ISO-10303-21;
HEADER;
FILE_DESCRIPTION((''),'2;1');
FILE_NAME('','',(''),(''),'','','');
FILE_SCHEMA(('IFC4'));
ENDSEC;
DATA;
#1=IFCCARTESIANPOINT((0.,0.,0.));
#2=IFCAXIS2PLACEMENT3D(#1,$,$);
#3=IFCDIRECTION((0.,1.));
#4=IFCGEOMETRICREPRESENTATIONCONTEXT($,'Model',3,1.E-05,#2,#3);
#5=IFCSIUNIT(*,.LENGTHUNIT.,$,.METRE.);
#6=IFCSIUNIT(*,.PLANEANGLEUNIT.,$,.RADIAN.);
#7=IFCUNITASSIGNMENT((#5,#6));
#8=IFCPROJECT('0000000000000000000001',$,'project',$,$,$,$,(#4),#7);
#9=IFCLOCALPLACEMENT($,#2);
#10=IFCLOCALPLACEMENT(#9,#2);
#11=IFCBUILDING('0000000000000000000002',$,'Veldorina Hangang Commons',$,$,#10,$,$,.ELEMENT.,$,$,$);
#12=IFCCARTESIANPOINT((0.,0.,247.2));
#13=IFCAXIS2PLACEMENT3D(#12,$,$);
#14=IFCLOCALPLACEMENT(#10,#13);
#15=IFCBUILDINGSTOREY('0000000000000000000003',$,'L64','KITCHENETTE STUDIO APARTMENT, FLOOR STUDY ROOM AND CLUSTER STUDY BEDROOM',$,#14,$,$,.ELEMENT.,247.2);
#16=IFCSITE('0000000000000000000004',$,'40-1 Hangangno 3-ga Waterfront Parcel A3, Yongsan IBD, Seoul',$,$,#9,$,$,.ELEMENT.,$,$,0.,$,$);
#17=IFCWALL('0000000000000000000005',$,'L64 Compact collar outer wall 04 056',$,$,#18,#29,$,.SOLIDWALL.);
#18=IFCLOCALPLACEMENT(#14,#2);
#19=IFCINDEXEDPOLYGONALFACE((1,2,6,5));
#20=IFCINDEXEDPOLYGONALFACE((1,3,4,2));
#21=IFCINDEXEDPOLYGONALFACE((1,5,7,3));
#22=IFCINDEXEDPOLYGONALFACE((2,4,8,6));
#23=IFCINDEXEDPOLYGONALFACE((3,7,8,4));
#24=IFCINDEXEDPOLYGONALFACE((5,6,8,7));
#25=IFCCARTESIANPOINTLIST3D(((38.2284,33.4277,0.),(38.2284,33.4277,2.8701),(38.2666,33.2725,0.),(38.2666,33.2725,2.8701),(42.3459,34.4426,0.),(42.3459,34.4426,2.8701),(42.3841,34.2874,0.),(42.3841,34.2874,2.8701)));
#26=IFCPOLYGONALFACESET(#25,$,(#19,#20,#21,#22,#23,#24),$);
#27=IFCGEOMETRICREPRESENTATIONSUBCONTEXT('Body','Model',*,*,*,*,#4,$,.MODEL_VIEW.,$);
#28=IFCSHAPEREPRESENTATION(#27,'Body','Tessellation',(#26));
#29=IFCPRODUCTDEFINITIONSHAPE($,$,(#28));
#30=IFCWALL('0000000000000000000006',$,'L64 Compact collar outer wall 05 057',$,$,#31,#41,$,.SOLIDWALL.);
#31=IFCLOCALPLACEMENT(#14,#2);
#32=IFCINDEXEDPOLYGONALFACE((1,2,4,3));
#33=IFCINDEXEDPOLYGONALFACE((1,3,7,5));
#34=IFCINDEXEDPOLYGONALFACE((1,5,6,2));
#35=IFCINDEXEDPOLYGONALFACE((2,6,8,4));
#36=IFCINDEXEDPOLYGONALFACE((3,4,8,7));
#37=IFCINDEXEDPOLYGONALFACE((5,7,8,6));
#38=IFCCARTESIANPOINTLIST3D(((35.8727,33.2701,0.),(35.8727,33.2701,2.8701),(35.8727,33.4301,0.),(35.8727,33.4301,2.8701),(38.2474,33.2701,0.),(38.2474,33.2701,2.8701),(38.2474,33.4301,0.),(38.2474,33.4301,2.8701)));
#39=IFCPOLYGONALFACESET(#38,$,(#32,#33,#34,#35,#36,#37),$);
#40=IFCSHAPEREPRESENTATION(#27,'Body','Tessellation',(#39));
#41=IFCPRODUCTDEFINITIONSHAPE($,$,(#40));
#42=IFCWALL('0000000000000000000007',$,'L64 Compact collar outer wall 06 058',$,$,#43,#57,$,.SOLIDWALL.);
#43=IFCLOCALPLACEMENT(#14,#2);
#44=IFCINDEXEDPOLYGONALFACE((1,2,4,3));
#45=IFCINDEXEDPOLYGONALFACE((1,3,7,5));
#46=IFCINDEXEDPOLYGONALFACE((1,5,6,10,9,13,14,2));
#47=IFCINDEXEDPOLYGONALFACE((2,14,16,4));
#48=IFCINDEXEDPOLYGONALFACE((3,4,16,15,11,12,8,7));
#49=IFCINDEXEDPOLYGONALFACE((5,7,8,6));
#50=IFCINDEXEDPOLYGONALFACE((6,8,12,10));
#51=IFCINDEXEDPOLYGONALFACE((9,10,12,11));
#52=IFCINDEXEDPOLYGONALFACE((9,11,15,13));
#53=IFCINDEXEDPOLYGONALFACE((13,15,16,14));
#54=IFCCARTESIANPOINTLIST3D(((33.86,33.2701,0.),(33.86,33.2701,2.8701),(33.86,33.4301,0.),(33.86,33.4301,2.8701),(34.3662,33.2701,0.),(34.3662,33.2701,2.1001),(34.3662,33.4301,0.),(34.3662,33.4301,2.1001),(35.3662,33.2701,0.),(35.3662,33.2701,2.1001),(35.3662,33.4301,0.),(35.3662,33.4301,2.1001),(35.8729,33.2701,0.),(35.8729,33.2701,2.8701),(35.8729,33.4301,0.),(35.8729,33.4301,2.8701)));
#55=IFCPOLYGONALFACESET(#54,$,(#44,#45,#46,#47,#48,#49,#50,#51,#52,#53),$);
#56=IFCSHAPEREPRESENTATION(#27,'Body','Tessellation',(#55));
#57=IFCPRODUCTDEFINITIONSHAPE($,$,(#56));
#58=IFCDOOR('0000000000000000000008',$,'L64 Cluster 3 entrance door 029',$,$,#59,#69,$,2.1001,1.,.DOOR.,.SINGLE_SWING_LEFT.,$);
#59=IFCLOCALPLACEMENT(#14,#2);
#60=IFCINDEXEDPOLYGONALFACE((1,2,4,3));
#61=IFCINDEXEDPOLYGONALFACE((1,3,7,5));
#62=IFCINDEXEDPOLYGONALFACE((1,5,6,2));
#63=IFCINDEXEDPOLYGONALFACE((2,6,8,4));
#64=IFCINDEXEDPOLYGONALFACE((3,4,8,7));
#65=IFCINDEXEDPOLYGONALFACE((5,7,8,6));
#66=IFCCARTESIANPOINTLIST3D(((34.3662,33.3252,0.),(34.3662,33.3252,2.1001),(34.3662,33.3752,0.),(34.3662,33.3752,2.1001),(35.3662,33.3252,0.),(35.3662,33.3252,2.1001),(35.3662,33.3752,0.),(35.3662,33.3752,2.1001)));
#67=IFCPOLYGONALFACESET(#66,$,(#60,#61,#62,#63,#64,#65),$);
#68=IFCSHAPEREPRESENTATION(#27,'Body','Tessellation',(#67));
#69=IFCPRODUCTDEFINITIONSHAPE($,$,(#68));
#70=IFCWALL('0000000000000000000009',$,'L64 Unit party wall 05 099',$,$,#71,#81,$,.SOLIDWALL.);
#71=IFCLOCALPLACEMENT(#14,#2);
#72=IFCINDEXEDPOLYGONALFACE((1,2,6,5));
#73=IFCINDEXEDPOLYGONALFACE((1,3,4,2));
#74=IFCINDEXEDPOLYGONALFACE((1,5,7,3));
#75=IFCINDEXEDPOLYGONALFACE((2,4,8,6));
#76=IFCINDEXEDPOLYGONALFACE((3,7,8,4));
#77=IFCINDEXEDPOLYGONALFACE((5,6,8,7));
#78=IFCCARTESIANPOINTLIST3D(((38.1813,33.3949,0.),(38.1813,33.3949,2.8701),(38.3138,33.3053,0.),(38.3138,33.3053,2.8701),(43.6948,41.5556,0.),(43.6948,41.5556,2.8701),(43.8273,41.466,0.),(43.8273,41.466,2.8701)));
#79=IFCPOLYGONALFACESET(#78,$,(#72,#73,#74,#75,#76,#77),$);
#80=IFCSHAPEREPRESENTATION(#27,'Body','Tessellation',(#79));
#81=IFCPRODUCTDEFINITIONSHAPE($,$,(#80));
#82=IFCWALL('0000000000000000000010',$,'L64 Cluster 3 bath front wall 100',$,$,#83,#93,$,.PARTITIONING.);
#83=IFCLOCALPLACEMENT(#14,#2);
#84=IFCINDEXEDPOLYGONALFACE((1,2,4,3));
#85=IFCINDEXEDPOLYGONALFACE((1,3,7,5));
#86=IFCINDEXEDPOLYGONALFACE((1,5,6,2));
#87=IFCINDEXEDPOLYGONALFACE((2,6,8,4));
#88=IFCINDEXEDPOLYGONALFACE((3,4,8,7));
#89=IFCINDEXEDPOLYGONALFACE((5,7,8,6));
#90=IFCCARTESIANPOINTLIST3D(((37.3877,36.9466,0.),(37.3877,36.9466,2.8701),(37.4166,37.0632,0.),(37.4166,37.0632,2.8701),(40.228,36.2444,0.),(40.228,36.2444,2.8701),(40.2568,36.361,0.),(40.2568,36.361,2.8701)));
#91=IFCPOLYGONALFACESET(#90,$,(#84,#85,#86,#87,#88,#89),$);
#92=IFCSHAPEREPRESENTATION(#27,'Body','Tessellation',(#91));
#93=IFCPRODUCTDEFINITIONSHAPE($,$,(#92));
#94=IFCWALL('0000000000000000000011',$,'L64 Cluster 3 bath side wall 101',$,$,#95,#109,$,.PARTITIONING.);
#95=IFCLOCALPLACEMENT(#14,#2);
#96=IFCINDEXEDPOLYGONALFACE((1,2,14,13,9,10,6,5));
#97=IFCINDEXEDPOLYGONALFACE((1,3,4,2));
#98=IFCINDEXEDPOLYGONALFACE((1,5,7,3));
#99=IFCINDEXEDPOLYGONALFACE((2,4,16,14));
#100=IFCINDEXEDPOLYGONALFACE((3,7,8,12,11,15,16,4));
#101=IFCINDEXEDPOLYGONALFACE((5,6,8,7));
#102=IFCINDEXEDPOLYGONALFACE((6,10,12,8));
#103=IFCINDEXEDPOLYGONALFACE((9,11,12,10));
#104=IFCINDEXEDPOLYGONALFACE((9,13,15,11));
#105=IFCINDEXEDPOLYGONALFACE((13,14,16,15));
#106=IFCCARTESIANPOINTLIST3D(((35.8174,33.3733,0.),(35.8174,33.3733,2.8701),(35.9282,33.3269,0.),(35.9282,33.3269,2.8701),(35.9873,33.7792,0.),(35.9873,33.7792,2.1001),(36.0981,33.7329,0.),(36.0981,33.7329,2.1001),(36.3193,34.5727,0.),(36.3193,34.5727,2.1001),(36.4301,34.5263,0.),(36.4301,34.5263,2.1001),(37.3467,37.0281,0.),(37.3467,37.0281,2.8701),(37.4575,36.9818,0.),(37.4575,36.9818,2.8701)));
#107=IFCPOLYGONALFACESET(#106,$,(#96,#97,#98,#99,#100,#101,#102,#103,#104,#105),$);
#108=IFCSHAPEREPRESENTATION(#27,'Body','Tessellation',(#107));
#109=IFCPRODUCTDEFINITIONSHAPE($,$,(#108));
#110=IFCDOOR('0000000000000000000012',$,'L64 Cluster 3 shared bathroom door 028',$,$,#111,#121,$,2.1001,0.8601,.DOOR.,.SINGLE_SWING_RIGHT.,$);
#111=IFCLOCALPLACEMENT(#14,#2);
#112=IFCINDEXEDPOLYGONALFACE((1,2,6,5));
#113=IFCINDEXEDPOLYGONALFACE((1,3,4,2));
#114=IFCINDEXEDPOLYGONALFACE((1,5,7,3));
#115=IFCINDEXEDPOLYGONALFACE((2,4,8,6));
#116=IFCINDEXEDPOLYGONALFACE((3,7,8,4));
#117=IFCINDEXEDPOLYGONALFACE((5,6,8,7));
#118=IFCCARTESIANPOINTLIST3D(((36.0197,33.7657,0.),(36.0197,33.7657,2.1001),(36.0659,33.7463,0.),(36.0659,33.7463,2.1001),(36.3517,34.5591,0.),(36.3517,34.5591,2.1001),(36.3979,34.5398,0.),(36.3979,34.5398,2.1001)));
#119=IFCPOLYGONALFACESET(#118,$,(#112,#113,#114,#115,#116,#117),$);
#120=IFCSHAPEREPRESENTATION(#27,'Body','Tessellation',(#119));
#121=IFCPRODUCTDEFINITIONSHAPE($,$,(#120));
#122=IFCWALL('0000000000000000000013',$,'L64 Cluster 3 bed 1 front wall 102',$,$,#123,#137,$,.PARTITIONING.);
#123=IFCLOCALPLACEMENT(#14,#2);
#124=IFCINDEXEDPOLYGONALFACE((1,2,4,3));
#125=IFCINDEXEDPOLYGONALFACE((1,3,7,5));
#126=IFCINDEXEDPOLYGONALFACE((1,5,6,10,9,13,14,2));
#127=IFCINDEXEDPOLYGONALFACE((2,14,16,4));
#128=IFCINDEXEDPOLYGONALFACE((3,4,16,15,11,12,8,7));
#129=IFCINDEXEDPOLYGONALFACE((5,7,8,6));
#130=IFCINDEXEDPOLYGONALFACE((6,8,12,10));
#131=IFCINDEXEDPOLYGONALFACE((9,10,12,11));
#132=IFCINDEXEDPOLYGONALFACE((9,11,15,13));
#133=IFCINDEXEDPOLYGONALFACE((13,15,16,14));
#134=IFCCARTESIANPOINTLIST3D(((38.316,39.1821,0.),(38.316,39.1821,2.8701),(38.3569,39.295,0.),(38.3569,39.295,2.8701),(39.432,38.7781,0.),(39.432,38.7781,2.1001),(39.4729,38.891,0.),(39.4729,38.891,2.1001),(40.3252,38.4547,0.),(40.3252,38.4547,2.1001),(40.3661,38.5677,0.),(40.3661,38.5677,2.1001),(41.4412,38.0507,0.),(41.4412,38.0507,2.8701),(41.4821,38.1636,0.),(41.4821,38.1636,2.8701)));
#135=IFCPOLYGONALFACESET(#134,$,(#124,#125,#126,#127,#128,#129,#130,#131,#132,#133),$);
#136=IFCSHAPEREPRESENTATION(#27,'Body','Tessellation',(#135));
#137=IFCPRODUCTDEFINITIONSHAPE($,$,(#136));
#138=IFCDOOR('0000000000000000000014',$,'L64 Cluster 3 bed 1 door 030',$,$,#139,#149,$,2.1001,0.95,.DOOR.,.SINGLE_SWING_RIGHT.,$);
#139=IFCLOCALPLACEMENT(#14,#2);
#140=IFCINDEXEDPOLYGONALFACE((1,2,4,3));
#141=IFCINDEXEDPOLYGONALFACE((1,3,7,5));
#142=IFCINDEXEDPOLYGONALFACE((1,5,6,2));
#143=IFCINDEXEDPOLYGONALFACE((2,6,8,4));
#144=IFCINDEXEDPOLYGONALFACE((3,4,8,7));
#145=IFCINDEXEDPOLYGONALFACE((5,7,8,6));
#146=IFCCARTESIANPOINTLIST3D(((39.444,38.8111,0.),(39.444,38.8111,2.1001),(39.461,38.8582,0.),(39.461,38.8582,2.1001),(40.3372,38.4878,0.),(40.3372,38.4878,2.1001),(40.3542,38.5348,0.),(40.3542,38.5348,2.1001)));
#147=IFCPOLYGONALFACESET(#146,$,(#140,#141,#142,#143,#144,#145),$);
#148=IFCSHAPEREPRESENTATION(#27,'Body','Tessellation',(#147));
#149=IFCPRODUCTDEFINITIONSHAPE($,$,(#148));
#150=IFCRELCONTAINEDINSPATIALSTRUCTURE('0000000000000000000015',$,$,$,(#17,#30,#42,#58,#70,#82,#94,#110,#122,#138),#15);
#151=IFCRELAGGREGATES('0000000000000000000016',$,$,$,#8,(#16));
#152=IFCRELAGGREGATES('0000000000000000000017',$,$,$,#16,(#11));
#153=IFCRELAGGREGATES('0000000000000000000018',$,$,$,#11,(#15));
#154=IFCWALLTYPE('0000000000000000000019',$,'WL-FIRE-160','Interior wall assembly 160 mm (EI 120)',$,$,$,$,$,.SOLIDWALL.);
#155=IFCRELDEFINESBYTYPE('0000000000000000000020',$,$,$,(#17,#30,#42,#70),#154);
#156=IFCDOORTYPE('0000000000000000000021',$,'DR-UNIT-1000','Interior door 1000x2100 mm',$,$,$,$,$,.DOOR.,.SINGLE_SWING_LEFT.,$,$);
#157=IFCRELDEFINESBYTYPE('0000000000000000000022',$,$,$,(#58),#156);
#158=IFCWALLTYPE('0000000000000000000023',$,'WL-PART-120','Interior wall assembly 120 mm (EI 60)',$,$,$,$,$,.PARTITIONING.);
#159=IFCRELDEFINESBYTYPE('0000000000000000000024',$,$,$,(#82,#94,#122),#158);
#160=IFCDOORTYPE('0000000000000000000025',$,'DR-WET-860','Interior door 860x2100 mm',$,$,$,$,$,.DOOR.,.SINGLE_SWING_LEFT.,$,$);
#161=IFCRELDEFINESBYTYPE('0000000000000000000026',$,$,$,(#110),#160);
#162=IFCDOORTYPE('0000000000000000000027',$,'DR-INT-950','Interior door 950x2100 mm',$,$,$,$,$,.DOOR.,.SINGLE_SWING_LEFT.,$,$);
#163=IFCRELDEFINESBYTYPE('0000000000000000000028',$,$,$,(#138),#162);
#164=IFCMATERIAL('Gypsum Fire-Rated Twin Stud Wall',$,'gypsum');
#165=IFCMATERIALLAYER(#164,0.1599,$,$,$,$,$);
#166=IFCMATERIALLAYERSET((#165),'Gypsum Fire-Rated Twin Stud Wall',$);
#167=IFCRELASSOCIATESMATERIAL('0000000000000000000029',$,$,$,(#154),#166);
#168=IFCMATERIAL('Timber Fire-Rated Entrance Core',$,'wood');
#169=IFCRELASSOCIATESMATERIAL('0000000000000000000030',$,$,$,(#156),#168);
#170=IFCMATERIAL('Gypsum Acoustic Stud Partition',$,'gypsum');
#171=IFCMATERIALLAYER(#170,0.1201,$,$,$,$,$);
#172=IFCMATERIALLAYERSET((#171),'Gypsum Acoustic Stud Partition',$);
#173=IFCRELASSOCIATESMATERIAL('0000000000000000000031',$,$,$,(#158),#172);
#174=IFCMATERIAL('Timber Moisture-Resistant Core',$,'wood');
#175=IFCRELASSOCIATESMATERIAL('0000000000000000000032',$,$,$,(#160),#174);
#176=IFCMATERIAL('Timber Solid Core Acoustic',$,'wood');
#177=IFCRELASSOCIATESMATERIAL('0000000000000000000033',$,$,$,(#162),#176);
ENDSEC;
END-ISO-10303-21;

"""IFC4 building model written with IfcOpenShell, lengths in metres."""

from ifc_helpers import new_model, si_unit, direction, frame, frame_2d, origin, place, context, subcontext, project, spatial, rectangle, extrude, material, layer, layer_set, type_object, element, fill, save


model = new_model("IFC4")

# Units and contexts
model_context = context("Model", 3, precision=1e-05, world=origin(), true_north=direction((0.0, 1.0)))
body_context = subcontext(model_context, "Body", "Model", "MODEL_VIEW")
ifc_project = project(units=[si_unit("LENGTHUNIT", "METRE"), si_unit("PLANEANGLEUNIT", "RADIAN")], contexts=[model_context])

# Site, building, storey
site_placement = place(None, origin())
site = spatial("IfcSite", under=ifc_project, at=site_placement, Name="40-1 Hangangno 3-ga Waterfront Parcel A3, Yongsan IBD, Seoul", CompositionType="ELEMENT", RefElevation=0.0)
building_placement = place(site_placement, origin())
building = spatial("IfcBuilding", under=site, at=building_placement, Name="Veldorina Hangang Commons", CompositionType="ELEMENT")
storey_placement = place(building_placement, frame((0.0, 0.0, 247.2)))
storey = spatial("IfcBuildingStorey", under=building, at=storey_placement, Name="L64", Description="KITCHENETTE STUDIO APARTMENT, FLOOR STUDY ROOM AND CLUSTER STUDY BEDROOM", CompositionType="ELEMENT", Elevation=247.2)

# Walls
ifc_material_1 = material(Name="Gypsum Fire-Rated Twin Stud Wall", Category="gypsum")
ifc_layer_1 = layer(ifc_material_1, 0.1599)
ifc_layer_set_1 = layer_set([ifc_layer_1], Name="Gypsum Fire-Rated Twin Stud Wall")
wall_type_1 = type_object("IfcWallType", Name="WL-FIRE-160", Description="Interior wall assembly 160 mm (EI 120)", PredefinedType="SOLIDWALL", material=ifc_layer_set_1)
wall_1_placement = place(storey_placement, frame((42.365, 34.365, 0.0), z_axis=(0.0, 0.0, 1.0), x_axis=(-0.97094, -0.239324, 0.0)))
element("IfcWall", 1, at=wall_1_placement, inside=storey, type_object=wall_type_1, Name="L64 Compact collar outer wall 04 056", PredefinedType="SOLIDWALL", context=body_context, shape_type="SweptSolid", body=[
    extrude(rectangle(XDim=4.2407, YDim=0.1599, at=frame_2d((2.1204, 0.0))), origin(), (0.0, 0.0, 1.0), 2.8701),
])
wall_2_placement = place(storey_placement, frame((38.2476, 33.3501, 0.0), z_axis=(0.0, 0.0, 1.0), x_axis=(-1.0, 0.0, 0.0)))
element("IfcWall", 2, at=wall_2_placement, inside=storey, type_object=wall_type_1, Name="L64 Compact collar outer wall 05 057", PredefinedType="SOLIDWALL", context=body_context, shape_type="SweptSolid", body=[
    extrude(rectangle(XDim=2.3748, YDim=0.1599, at=frame_2d((1.1875, 0.0))), origin(), (0.0, 0.0, 1.0), 2.8701),
])

# Wall, opening, door
wall_3_placement = place(storey_placement, frame((35.8728, 33.3501, 0.0), z_axis=(0.0, 0.0, 1.0), x_axis=(-1.0, 0.0, 0.0)))
wall_3 = element("IfcWall", 3, at=wall_3_placement, inside=storey, type_object=wall_type_1, Name="L64 Compact collar outer wall 06 058", PredefinedType="SOLIDWALL", context=body_context, shape_type="SweptSolid", body=[
    extrude(rectangle(XDim=2.0129, YDim=0.1599, at=frame_2d((1.0063, 0.0))), origin(), (0.0, 0.0, 1.0), 2.8701),
])
opening_1_placement = place(wall_3_placement, frame((0.5066, 0.0, 0.0)))
opening_1 = element("IfcOpeningElement", 4, at=opening_1_placement, cuts=wall_3, PredefinedType="OPENING", context=body_context, shape_type="SweptSolid", body=[
    extrude(rectangle(XDim=1.0, YDim=2.1001, at=frame_2d((0.5, 1.05))), frame((0.0, 0.0898, 0.0), z_axis=(0.0, -1.0, 0.0), x_axis=(1.0, 0.0, 0.0)), (0.0, 0.0, 1.0), 0.1799),
])
ifc_material_2 = material(Name="Timber Fire-Rated Entrance Core", Category="wood")
door_type_1 = type_object("IfcDoorType", Name="DR-UNIT-1000", Description="Interior door 1000x2100 mm", OperationType="SINGLE_SWING_LEFT", PredefinedType="DOOR", material=ifc_material_2)
door_1_placement = place(opening_1_placement, origin())
door_1 = element("IfcDoor", 5, at=door_1_placement, inside=storey, type_object=door_type_1, Name="L64 Cluster 3 entrance door 029", OperationType="SINGLE_SWING_LEFT", OverallHeight=2.1001, OverallWidth=1.0, PredefinedType="DOOR", context=body_context, shape_type="SweptSolid", body=[
    extrude(rectangle(XDim=1.0, YDim=2.1001, at=frame_2d((0.5, 1.05))), frame((0.0, 0.0249, 0.0), z_axis=(0.0, -1.0, 0.0), x_axis=(1.0, 0.0, 0.0)), (0.0, 0.0, 1.0), 0.05),
])
fill(opening_1, door_1)

# Walls
wall_4_placement = place(storey_placement, frame((38.2476, 33.3501, 0.0), z_axis=(0.0, 0.0, 1.0), x_axis=(0.559821, 0.828614, 0.0)))
element("IfcWall", 6, at=wall_4_placement, inside=storey, type_object=wall_type_1, Name="L64 Unit party wall 05 099", PredefinedType="SOLIDWALL", context=body_context, shape_type="SweptSolid", body=[
    extrude(rectangle(XDim=9.8486, YDim=0.1599, at=frame_2d((4.9243, 0.0))), origin(), (0.0, 0.0, 1.0), 2.8701),
])
ifc_material_3 = material(Name="Gypsum Acoustic Stud Partition", Category="gypsum")
ifc_layer_2 = layer(ifc_material_3, 0.1201)
ifc_layer_set_2 = layer_set([ifc_layer_2], Name="Gypsum Acoustic Stud Partition")
wall_type_2 = type_object("IfcWallType", Name="WL-PART-120", Description="Interior wall assembly 120 mm (EI 60)", PredefinedType="PARTITIONING", material=ifc_layer_set_2)
wall_5_placement = place(storey_placement, frame((40.2424, 36.3027, 0.0), z_axis=(0.0, 0.0, 1.0), x_axis=(-0.970777, 0.239982, 0.0)))
element("IfcWall", 7, at=wall_5_placement, inside=storey, type_object=wall_type_2, Name="L64 Cluster 3 bath front wall 100", PredefinedType="PARTITIONING", context=body_context, shape_type="SweptSolid", body=[
    extrude(rectangle(XDim=2.9258, YDim=0.1201, at=frame_2d((1.4629, 0.0))), origin(), (0.0, 0.0, 1.0), 2.8701),
])

# Walls, openings, doors
wall_6_placement = place(storey_placement, frame((35.8728, 33.3501, 0.0), z_axis=(0.0, 0.0, 1.0), x_axis=(0.386006, 0.922496, 0.0)))
wall_6 = element("IfcWall", 8, at=wall_6_placement, inside=storey, type_object=wall_type_2, Name="L64 Cluster 3 bath side wall 101", PredefinedType="PARTITIONING", context=body_context, shape_type="SweptSolid", body=[
    extrude(rectangle(XDim=3.9619, YDim=0.1201, at=frame_2d((1.981, 0.0))), origin(), (0.0, 0.0, 1.0), 2.8701),
])
opening_2_placement = place(wall_6_placement, frame((0.4399, 0.0, 0.0)))
opening_2 = element("IfcOpeningElement", 9, at=opening_2_placement, cuts=wall_6, PredefinedType="OPENING", context=body_context, shape_type="SweptSolid", body=[
    extrude(rectangle(XDim=0.8601, YDim=2.1001, at=frame_2d((0.4302, 1.05))), frame((0.0, 0.0701, 0.0), z_axis=(0.0, -1.0, 0.0), x_axis=(1.0, 0.0, 0.0)), (0.0, 0.0, 1.0), 0.1401),
])
ifc_material_4 = material(Name="Timber Moisture-Resistant Core", Category="wood")
door_type_2 = type_object("IfcDoorType", Name="DR-WET-860", Description="Interior door 860x2100 mm", OperationType="SINGLE_SWING_LEFT", PredefinedType="DOOR", material=ifc_material_4)
door_2_placement = place(opening_2_placement, origin())
door_2 = element("IfcDoor", 10, at=door_2_placement, inside=storey, type_object=door_type_2, Name="L64 Cluster 3 shared bathroom door 028", OperationType="SINGLE_SWING_RIGHT", OverallHeight=2.1001, OverallWidth=0.8601, PredefinedType="DOOR", context=body_context, shape_type="SweptSolid", body=[
    extrude(rectangle(XDim=0.8601, YDim=2.1001, at=frame_2d((0.4302, 1.05))), frame((0.0, 0.0249, 0.0), z_axis=(0.0, -1.0, 0.0), x_axis=(1.0, 0.0, 0.0)), (0.0, 0.0, 1.0), 0.05),
])
fill(opening_2, door_2)
wall_7_placement = place(storey_placement, frame((41.4617, 38.1072, 0.0), z_axis=(0.0, 0.0, 1.0), x_axis=(-0.940286, 0.340386, 0.0)))
wall_7 = element("IfcWall", 11, at=wall_7_placement, inside=storey, type_object=wall_type_2, Name="L64 Cluster 3 bed 1 front wall 102", PredefinedType="PARTITIONING", context=body_context, shape_type="SweptSolid", body=[
    extrude(rectangle(XDim=3.3237, YDim=0.1201, at=frame_2d((1.6619, 0.0))), origin(), (0.0, 0.0, 1.0), 2.8701),
])
opening_3_placement = place(wall_7_placement, frame((1.1868, 0.0, 0.0)))
opening_3 = element("IfcOpeningElement", 12, at=opening_3_placement, cuts=wall_7, PredefinedType="OPENING", context=body_context, shape_type="SweptSolid", body=[
    extrude(rectangle(XDim=0.95, YDim=2.1001, at=frame_2d((0.4751, 1.05))), frame((0.0, 0.0701, 0.0), z_axis=(0.0, -1.0, 0.0), x_axis=(1.0, 0.0, 0.0)), (0.0, 0.0, 1.0), 0.1401),
])
ifc_material_5 = material(Name="Timber Solid Core Acoustic", Category="wood")
door_type_3 = type_object("IfcDoorType", Name="DR-INT-950", Description="Interior door 950x2100 mm", OperationType="SINGLE_SWING_LEFT", PredefinedType="DOOR", material=ifc_material_5)
door_3_placement = place(opening_3_placement, origin())
door_3 = element("IfcDoor", 13, at=door_3_placement, inside=storey, type_object=door_type_3, Name="L64 Cluster 3 bed 1 door 030", OperationType="SINGLE_SWING_RIGHT", OverallHeight=2.1001, OverallWidth=0.95, PredefinedType="DOOR", context=body_context, shape_type="SweptSolid", body=[
    extrude(rectangle(XDim=0.95, YDim=2.1001, at=frame_2d((0.4751, 1.05))), frame((0.0, 0.0249, 0.0), z_axis=(0.0, -1.0, 0.0), x_axis=(1.0, 0.0, 0.0)), (0.0, 0.0, 1.0), 0.05),
])
fill(opening_3, door_3)

save(model, "model.ifc")
